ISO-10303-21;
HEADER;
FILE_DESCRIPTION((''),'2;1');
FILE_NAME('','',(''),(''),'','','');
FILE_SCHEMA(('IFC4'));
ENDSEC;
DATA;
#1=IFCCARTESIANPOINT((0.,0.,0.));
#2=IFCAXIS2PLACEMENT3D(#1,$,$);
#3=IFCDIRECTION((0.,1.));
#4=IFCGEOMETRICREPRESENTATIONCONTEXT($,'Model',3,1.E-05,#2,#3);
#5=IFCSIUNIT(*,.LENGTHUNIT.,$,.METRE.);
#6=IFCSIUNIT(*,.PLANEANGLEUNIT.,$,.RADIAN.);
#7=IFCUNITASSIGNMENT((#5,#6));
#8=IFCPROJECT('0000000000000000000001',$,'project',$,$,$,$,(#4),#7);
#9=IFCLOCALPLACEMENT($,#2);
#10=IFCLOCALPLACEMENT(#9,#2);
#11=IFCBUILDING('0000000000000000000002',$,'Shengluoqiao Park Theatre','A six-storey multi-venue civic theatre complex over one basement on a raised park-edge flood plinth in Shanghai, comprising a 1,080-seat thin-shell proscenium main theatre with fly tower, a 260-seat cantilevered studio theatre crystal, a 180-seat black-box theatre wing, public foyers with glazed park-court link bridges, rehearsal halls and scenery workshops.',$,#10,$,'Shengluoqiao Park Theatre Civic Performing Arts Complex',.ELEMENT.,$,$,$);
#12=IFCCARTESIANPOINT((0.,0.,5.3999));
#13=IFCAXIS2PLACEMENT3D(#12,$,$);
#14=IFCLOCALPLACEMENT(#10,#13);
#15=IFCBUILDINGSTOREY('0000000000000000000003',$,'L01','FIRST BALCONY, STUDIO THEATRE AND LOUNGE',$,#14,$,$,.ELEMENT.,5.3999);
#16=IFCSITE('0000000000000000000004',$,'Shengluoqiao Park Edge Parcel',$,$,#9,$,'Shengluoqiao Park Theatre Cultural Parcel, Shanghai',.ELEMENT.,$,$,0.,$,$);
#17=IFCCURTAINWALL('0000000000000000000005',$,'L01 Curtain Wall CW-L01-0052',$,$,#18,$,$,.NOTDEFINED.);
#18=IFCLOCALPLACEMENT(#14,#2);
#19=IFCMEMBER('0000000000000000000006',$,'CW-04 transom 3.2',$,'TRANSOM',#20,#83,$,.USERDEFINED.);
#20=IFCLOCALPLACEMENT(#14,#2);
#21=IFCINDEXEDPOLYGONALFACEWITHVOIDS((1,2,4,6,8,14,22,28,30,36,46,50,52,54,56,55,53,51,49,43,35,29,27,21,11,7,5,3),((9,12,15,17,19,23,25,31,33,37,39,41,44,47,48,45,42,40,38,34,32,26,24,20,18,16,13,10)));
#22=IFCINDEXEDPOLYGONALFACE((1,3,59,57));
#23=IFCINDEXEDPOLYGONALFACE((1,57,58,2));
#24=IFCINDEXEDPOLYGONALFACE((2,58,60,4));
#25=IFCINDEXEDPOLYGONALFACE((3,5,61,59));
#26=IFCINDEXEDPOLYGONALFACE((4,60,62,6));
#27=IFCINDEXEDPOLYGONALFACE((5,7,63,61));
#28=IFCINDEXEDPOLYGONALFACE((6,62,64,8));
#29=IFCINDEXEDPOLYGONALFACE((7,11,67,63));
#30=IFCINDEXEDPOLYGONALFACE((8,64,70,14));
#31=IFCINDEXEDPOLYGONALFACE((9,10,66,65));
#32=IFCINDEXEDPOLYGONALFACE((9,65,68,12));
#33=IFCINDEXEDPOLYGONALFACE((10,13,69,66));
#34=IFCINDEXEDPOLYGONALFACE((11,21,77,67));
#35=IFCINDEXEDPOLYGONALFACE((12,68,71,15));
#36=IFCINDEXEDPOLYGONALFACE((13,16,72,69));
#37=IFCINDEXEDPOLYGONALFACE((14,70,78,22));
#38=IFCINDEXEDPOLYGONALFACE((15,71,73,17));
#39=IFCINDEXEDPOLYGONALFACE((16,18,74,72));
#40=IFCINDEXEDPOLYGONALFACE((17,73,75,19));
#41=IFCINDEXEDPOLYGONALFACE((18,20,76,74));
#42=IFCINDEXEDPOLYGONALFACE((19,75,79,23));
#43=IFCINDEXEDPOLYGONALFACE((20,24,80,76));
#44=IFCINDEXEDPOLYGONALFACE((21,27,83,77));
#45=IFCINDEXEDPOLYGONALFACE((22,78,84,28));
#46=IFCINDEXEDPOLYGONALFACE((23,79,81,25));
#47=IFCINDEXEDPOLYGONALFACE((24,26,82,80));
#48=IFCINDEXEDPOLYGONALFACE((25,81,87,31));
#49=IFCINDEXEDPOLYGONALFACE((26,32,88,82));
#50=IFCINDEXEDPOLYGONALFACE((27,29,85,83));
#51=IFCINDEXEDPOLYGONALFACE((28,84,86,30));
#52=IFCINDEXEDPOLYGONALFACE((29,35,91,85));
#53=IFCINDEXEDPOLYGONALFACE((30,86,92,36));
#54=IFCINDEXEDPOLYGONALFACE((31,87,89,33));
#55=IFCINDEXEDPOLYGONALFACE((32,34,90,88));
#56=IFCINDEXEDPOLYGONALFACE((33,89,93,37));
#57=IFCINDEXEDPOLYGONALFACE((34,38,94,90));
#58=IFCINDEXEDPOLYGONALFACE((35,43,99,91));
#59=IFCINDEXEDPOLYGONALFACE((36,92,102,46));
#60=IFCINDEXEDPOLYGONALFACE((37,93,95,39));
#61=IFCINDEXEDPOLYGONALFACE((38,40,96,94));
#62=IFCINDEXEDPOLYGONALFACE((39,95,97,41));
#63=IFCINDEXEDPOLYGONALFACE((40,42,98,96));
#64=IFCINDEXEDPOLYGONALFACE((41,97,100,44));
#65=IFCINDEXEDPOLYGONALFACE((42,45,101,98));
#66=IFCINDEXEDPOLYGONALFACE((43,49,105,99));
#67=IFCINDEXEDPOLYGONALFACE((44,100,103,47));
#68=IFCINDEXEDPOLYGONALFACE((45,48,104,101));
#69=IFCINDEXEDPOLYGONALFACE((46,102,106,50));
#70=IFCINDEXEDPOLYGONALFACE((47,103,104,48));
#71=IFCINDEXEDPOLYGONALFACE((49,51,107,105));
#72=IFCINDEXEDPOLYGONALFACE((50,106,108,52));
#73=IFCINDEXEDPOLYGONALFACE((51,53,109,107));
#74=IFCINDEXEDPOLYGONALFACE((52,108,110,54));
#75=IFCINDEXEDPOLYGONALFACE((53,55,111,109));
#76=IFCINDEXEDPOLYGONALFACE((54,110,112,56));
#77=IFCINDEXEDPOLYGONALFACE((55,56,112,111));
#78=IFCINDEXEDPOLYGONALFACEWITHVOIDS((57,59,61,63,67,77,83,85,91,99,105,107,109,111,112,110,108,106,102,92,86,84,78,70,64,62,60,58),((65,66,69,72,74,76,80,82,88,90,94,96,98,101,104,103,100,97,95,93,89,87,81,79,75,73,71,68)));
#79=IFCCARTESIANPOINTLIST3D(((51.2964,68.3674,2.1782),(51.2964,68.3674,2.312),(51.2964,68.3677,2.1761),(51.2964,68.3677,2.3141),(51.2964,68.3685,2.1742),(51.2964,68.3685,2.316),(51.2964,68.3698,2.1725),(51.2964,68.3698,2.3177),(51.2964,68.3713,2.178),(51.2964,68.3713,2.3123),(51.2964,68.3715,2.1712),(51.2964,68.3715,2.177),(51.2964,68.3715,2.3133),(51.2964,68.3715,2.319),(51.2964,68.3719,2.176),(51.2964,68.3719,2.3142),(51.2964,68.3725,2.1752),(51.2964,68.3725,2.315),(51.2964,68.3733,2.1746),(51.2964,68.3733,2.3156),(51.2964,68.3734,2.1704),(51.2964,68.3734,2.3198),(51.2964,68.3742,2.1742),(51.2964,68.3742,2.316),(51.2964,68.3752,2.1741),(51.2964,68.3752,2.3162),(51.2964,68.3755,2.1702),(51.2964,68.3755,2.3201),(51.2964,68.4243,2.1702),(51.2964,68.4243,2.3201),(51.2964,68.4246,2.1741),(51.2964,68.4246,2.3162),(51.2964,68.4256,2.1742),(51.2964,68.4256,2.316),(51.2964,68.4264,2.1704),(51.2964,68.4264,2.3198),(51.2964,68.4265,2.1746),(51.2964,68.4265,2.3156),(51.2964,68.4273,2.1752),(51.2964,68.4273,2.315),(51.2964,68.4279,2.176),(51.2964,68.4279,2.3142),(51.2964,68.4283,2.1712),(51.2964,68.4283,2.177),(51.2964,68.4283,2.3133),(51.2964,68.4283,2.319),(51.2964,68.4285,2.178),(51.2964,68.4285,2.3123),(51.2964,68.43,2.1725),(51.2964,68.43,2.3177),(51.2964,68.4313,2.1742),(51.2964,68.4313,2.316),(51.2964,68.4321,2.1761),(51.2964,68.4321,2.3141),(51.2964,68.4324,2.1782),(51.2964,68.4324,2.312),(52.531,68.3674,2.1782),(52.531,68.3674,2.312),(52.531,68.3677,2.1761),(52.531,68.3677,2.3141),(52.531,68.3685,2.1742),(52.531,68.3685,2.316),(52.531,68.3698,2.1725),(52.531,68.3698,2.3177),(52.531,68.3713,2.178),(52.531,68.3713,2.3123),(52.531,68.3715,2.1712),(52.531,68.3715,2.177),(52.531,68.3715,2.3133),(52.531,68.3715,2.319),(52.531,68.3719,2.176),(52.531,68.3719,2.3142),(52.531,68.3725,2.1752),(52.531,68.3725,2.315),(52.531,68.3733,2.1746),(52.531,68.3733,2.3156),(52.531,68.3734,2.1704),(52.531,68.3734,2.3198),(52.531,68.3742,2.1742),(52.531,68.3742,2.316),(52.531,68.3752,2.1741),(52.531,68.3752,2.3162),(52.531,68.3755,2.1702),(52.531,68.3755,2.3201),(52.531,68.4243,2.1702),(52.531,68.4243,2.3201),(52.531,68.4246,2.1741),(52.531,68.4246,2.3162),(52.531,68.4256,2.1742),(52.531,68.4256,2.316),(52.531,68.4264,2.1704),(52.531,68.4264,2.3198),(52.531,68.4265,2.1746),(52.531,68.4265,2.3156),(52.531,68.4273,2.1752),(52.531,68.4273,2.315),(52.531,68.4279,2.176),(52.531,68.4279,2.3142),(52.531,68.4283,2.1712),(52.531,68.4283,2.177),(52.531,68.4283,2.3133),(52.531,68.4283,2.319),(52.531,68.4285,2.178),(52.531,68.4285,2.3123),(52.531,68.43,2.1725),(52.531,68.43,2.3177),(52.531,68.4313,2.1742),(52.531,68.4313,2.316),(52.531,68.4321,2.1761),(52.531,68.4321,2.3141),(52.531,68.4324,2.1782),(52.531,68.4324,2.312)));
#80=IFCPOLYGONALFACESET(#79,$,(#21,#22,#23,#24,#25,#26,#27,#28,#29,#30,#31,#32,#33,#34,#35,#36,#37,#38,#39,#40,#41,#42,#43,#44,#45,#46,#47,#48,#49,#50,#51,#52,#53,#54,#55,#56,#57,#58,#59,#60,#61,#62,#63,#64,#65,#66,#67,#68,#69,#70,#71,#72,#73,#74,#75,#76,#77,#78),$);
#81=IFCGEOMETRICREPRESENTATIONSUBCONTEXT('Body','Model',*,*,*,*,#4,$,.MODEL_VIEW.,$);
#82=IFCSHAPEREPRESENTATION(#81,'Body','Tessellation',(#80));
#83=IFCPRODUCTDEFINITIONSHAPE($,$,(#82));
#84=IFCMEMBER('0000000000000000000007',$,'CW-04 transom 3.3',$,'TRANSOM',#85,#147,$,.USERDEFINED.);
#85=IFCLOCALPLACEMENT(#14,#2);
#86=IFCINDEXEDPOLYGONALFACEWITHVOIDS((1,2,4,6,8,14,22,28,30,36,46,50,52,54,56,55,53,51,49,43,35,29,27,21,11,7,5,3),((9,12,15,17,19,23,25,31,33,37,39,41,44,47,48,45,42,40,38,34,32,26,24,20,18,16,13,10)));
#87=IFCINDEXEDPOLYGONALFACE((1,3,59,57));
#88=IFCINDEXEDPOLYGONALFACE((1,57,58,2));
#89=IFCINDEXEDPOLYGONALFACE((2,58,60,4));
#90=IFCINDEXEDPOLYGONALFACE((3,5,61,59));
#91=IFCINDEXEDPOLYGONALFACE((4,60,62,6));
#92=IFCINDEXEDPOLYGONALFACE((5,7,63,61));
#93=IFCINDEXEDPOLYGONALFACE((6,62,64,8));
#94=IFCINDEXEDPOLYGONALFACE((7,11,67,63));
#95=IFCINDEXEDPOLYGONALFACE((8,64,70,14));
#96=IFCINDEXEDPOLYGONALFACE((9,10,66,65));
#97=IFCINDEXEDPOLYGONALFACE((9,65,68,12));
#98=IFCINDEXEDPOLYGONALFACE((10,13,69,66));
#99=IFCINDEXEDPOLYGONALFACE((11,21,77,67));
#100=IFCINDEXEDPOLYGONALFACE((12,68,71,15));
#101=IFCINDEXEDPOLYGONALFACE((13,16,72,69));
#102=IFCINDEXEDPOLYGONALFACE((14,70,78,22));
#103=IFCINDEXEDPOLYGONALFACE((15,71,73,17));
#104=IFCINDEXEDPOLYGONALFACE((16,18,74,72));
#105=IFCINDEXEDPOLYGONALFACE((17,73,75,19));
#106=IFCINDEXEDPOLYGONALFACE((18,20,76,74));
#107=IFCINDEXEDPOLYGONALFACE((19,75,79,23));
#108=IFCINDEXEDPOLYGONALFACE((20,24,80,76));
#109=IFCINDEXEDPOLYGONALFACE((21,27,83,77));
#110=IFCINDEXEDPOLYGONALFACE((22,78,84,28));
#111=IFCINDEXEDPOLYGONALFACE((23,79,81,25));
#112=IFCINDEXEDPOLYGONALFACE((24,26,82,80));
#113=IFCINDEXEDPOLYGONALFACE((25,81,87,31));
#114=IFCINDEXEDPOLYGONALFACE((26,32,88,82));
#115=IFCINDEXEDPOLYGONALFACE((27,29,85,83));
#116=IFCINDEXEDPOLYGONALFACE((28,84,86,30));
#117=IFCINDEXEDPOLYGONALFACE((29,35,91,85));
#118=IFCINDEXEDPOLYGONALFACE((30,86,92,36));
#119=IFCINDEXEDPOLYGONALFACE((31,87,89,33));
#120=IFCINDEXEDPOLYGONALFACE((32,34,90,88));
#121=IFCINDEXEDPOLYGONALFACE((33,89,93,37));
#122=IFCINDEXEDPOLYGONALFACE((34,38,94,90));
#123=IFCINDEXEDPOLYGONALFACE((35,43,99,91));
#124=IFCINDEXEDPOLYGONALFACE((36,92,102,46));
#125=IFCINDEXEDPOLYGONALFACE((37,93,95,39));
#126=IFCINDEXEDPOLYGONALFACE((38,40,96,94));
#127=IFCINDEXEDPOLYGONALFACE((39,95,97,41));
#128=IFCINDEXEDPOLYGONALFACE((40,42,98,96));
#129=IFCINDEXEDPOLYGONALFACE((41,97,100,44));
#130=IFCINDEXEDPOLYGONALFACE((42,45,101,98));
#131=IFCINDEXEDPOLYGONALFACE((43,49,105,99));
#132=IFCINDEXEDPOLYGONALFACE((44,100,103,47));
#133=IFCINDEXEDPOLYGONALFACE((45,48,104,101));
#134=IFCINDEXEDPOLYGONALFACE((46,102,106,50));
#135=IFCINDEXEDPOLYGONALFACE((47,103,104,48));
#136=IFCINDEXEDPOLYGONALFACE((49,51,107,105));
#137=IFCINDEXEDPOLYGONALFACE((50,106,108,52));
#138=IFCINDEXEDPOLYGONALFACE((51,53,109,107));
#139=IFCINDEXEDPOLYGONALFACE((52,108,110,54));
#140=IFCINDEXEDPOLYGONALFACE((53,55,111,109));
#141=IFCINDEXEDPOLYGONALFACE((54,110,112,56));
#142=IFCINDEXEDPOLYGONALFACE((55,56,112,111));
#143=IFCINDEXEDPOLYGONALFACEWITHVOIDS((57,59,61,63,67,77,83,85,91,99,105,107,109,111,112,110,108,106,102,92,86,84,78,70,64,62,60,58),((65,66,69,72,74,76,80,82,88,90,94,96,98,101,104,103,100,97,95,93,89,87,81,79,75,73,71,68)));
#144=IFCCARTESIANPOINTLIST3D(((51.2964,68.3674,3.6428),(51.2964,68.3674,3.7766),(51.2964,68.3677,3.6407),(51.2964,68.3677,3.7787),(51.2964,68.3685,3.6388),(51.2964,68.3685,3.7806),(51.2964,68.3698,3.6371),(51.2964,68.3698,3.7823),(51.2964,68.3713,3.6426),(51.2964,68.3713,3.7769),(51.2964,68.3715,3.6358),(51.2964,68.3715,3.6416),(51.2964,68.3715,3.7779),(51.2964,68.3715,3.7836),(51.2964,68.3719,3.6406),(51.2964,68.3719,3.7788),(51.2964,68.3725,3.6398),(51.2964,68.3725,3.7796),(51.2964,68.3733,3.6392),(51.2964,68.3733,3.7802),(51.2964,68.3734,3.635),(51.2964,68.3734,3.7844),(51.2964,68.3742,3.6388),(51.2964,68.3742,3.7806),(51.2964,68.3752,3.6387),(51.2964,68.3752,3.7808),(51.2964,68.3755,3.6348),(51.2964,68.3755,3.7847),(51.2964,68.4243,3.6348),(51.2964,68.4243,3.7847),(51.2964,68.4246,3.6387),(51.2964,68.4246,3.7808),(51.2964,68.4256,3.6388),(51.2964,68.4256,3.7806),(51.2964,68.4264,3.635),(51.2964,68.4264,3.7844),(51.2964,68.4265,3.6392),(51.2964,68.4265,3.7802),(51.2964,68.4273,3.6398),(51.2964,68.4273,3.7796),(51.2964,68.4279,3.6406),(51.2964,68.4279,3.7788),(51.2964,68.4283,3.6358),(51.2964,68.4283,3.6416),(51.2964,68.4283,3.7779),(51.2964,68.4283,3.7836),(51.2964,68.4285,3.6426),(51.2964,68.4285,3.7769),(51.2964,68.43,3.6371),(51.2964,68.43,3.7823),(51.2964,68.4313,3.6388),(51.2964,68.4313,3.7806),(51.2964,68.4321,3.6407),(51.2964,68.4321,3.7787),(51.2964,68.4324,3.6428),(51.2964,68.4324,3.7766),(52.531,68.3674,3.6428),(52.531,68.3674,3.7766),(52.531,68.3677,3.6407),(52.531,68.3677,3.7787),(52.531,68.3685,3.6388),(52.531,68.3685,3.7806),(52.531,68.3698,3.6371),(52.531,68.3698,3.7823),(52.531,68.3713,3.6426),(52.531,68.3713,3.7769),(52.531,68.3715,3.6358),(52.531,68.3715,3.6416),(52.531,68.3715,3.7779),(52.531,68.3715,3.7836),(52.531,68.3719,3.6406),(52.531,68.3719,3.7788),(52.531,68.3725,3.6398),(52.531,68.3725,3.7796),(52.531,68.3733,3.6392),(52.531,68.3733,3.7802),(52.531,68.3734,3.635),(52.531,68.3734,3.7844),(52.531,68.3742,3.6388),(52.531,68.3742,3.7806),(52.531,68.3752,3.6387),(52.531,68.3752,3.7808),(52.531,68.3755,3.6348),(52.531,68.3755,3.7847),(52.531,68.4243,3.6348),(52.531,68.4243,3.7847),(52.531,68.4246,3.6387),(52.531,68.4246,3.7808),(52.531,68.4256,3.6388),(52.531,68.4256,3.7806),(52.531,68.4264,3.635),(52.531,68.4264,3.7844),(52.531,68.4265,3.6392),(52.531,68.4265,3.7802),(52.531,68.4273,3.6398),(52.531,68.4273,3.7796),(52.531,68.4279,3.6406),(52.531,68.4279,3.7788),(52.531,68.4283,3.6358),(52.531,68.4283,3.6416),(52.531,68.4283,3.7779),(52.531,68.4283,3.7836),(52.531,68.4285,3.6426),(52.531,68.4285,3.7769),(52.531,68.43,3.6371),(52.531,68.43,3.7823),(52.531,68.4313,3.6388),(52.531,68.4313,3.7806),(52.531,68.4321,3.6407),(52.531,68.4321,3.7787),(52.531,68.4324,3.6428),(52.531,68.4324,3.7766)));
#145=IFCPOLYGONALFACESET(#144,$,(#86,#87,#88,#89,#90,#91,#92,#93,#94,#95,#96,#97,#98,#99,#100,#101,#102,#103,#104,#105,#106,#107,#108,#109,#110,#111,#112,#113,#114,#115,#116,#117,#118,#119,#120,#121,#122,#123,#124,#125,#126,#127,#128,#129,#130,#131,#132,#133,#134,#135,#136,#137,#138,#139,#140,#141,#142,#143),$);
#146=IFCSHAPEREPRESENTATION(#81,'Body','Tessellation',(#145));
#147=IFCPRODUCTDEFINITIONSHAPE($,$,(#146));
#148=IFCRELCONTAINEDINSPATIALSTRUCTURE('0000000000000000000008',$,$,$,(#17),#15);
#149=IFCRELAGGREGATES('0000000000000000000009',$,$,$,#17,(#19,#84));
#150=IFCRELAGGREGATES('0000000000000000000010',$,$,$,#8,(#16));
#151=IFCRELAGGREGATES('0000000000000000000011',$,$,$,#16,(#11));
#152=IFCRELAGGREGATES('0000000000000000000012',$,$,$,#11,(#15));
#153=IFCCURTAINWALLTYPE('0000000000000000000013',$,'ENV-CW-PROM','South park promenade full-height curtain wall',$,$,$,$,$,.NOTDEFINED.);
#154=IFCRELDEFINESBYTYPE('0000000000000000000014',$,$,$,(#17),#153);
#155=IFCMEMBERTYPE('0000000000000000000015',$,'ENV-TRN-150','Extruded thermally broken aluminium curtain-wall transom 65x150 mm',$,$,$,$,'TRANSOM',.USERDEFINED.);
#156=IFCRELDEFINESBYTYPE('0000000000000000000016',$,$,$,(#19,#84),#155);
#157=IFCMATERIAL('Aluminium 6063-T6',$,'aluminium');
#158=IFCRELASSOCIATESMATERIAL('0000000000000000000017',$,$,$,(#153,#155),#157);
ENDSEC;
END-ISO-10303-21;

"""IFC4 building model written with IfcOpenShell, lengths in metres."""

from ifc_helpers import new_model, si_unit, direction, frame, origin, origin_2d, place, context, subcontext, project, spatial, hollow_rectangle, extrude, material, material_profile, profile_set, type_object, element, aggregate, save


model = new_model("IFC4")

# Units and contexts
model_context = context("Model", 3, precision=1e-05, world=origin(), true_north=direction((0.0, 1.0)))
body_context = subcontext(model_context, "Body", "Model", "MODEL_VIEW")
ifc_project = project(units=[si_unit("LENGTHUNIT", "METRE"), si_unit("PLANEANGLEUNIT", "RADIAN")], contexts=[model_context])

# Site, building, storey
site_placement = place(None, origin())
site = spatial("IfcSite", under=ifc_project, at=site_placement, Name="Shengluoqiao Park Edge Parcel", LongName="Shengluoqiao Park Theatre Cultural Parcel, Shanghai", CompositionType="ELEMENT", RefElevation=0.0)
building_placement = place(site_placement, origin())
building = spatial("IfcBuilding", under=site, at=building_placement, Name="Shengluoqiao Park Theatre", Description="A six-storey multi-venue civic theatre complex over one basement on a raised park-edge flood plinth in Shanghai, comprising a 1,080-seat thin-shell proscenium main theatre with fly tower, a 260-seat cantilevered studio theatre crystal, a 180-seat black-box theatre wing, public foyers with glazed park-court link bridges, rehearsal halls and scenery workshops.", LongName="Shengluoqiao Park Theatre Civic Performing Arts Complex", CompositionType="ELEMENT")
storey_placement = place(building_placement, frame((0.0, 0.0, 5.3999)))
storey = spatial("IfcBuildingStorey", under=building, at=storey_placement, Name="L01", Description="FIRST BALCONY, STUDIO THEATRE AND LOUNGE", CompositionType="ELEMENT", Elevation=5.3999)

# Curtain wall
ifc_material_1 = material(Name="Aluminium 6063-T6", Category="aluminium")
curtain_wall_type = type_object("IfcCurtainWallType", Name="ENV-CW-PROM", Description="South park promenade full-height curtain wall", PredefinedType="NOTDEFINED", material=ifc_material_1)
curtain_wall_1_placement = place(storey_placement, origin())
curtain_wall_1 = element("IfcCurtainWall", 1, at=curtain_wall_1_placement, inside=storey, type_object=curtain_wall_type, Name="L01 Curtain Wall CW-L01-0052", PredefinedType="NOTDEFINED")

# Members
ifc_material_profile_1 = material_profile(ifc_material_1, hollow_rectangle(XDim=0.0649, YDim=0.1499, WallThickness=0.0039, InnerFilletRadius=0.0039, OuterFilletRadius=0.0081, at=origin_2d()), Name="ALU TRANSOM 150x65x4")
ifc_profile_set_1 = profile_set([ifc_material_profile_1], Name="Aluminium 6063-T6")
member_type_1 = type_object("IfcMemberType", Name="ENV-TRN-150", Description="Extruded thermally broken aluminium curtain-wall transom 65x150 mm", ElementType="TRANSOM", PredefinedType="USERDEFINED", material=ifc_profile_set_1)
member_1_placement = place(storey_placement, frame((51.2964, 68.3999, 2.2451), z_axis=(1.0, 0.0, 0.0), x_axis=(0.0, 1.0, 0.0)))
member_1 = element("IfcMember", 2, at=member_1_placement, type_object=member_type_1, Name="CW-04 transom 3.2", ObjectType="TRANSOM", PredefinedType="USERDEFINED", context=body_context, shape_type="SweptSolid", body=[
    extrude(hollow_rectangle(XDim=0.0649, YDim=0.1499, WallThickness=0.0039, InnerFilletRadius=0.0039, OuterFilletRadius=0.0081, at=origin_2d()), origin(), (0.0, 0.0, 1.0), 1.2346),
])
member_2_placement = place(storey_placement, frame((51.2964, 68.3999, 3.7097), z_axis=(1.0, 0.0, 0.0), x_axis=(0.0, 1.0, 0.0)))
member_2 = element("IfcMember", 3, at=member_2_placement, type_object=member_type_1, Name="CW-04 transom 3.3", ObjectType="TRANSOM", PredefinedType="USERDEFINED", context=body_context, shape_type="SweptSolid", body=[
    extrude(hollow_rectangle(XDim=0.0649, YDim=0.1499, WallThickness=0.0039, InnerFilletRadius=0.0039, OuterFilletRadius=0.0081, at=origin_2d()), origin(), (0.0, 0.0, 1.0), 1.2346),
])

aggregate(curtain_wall_1, [member_1, member_2])

save(model, "model.ifc")
